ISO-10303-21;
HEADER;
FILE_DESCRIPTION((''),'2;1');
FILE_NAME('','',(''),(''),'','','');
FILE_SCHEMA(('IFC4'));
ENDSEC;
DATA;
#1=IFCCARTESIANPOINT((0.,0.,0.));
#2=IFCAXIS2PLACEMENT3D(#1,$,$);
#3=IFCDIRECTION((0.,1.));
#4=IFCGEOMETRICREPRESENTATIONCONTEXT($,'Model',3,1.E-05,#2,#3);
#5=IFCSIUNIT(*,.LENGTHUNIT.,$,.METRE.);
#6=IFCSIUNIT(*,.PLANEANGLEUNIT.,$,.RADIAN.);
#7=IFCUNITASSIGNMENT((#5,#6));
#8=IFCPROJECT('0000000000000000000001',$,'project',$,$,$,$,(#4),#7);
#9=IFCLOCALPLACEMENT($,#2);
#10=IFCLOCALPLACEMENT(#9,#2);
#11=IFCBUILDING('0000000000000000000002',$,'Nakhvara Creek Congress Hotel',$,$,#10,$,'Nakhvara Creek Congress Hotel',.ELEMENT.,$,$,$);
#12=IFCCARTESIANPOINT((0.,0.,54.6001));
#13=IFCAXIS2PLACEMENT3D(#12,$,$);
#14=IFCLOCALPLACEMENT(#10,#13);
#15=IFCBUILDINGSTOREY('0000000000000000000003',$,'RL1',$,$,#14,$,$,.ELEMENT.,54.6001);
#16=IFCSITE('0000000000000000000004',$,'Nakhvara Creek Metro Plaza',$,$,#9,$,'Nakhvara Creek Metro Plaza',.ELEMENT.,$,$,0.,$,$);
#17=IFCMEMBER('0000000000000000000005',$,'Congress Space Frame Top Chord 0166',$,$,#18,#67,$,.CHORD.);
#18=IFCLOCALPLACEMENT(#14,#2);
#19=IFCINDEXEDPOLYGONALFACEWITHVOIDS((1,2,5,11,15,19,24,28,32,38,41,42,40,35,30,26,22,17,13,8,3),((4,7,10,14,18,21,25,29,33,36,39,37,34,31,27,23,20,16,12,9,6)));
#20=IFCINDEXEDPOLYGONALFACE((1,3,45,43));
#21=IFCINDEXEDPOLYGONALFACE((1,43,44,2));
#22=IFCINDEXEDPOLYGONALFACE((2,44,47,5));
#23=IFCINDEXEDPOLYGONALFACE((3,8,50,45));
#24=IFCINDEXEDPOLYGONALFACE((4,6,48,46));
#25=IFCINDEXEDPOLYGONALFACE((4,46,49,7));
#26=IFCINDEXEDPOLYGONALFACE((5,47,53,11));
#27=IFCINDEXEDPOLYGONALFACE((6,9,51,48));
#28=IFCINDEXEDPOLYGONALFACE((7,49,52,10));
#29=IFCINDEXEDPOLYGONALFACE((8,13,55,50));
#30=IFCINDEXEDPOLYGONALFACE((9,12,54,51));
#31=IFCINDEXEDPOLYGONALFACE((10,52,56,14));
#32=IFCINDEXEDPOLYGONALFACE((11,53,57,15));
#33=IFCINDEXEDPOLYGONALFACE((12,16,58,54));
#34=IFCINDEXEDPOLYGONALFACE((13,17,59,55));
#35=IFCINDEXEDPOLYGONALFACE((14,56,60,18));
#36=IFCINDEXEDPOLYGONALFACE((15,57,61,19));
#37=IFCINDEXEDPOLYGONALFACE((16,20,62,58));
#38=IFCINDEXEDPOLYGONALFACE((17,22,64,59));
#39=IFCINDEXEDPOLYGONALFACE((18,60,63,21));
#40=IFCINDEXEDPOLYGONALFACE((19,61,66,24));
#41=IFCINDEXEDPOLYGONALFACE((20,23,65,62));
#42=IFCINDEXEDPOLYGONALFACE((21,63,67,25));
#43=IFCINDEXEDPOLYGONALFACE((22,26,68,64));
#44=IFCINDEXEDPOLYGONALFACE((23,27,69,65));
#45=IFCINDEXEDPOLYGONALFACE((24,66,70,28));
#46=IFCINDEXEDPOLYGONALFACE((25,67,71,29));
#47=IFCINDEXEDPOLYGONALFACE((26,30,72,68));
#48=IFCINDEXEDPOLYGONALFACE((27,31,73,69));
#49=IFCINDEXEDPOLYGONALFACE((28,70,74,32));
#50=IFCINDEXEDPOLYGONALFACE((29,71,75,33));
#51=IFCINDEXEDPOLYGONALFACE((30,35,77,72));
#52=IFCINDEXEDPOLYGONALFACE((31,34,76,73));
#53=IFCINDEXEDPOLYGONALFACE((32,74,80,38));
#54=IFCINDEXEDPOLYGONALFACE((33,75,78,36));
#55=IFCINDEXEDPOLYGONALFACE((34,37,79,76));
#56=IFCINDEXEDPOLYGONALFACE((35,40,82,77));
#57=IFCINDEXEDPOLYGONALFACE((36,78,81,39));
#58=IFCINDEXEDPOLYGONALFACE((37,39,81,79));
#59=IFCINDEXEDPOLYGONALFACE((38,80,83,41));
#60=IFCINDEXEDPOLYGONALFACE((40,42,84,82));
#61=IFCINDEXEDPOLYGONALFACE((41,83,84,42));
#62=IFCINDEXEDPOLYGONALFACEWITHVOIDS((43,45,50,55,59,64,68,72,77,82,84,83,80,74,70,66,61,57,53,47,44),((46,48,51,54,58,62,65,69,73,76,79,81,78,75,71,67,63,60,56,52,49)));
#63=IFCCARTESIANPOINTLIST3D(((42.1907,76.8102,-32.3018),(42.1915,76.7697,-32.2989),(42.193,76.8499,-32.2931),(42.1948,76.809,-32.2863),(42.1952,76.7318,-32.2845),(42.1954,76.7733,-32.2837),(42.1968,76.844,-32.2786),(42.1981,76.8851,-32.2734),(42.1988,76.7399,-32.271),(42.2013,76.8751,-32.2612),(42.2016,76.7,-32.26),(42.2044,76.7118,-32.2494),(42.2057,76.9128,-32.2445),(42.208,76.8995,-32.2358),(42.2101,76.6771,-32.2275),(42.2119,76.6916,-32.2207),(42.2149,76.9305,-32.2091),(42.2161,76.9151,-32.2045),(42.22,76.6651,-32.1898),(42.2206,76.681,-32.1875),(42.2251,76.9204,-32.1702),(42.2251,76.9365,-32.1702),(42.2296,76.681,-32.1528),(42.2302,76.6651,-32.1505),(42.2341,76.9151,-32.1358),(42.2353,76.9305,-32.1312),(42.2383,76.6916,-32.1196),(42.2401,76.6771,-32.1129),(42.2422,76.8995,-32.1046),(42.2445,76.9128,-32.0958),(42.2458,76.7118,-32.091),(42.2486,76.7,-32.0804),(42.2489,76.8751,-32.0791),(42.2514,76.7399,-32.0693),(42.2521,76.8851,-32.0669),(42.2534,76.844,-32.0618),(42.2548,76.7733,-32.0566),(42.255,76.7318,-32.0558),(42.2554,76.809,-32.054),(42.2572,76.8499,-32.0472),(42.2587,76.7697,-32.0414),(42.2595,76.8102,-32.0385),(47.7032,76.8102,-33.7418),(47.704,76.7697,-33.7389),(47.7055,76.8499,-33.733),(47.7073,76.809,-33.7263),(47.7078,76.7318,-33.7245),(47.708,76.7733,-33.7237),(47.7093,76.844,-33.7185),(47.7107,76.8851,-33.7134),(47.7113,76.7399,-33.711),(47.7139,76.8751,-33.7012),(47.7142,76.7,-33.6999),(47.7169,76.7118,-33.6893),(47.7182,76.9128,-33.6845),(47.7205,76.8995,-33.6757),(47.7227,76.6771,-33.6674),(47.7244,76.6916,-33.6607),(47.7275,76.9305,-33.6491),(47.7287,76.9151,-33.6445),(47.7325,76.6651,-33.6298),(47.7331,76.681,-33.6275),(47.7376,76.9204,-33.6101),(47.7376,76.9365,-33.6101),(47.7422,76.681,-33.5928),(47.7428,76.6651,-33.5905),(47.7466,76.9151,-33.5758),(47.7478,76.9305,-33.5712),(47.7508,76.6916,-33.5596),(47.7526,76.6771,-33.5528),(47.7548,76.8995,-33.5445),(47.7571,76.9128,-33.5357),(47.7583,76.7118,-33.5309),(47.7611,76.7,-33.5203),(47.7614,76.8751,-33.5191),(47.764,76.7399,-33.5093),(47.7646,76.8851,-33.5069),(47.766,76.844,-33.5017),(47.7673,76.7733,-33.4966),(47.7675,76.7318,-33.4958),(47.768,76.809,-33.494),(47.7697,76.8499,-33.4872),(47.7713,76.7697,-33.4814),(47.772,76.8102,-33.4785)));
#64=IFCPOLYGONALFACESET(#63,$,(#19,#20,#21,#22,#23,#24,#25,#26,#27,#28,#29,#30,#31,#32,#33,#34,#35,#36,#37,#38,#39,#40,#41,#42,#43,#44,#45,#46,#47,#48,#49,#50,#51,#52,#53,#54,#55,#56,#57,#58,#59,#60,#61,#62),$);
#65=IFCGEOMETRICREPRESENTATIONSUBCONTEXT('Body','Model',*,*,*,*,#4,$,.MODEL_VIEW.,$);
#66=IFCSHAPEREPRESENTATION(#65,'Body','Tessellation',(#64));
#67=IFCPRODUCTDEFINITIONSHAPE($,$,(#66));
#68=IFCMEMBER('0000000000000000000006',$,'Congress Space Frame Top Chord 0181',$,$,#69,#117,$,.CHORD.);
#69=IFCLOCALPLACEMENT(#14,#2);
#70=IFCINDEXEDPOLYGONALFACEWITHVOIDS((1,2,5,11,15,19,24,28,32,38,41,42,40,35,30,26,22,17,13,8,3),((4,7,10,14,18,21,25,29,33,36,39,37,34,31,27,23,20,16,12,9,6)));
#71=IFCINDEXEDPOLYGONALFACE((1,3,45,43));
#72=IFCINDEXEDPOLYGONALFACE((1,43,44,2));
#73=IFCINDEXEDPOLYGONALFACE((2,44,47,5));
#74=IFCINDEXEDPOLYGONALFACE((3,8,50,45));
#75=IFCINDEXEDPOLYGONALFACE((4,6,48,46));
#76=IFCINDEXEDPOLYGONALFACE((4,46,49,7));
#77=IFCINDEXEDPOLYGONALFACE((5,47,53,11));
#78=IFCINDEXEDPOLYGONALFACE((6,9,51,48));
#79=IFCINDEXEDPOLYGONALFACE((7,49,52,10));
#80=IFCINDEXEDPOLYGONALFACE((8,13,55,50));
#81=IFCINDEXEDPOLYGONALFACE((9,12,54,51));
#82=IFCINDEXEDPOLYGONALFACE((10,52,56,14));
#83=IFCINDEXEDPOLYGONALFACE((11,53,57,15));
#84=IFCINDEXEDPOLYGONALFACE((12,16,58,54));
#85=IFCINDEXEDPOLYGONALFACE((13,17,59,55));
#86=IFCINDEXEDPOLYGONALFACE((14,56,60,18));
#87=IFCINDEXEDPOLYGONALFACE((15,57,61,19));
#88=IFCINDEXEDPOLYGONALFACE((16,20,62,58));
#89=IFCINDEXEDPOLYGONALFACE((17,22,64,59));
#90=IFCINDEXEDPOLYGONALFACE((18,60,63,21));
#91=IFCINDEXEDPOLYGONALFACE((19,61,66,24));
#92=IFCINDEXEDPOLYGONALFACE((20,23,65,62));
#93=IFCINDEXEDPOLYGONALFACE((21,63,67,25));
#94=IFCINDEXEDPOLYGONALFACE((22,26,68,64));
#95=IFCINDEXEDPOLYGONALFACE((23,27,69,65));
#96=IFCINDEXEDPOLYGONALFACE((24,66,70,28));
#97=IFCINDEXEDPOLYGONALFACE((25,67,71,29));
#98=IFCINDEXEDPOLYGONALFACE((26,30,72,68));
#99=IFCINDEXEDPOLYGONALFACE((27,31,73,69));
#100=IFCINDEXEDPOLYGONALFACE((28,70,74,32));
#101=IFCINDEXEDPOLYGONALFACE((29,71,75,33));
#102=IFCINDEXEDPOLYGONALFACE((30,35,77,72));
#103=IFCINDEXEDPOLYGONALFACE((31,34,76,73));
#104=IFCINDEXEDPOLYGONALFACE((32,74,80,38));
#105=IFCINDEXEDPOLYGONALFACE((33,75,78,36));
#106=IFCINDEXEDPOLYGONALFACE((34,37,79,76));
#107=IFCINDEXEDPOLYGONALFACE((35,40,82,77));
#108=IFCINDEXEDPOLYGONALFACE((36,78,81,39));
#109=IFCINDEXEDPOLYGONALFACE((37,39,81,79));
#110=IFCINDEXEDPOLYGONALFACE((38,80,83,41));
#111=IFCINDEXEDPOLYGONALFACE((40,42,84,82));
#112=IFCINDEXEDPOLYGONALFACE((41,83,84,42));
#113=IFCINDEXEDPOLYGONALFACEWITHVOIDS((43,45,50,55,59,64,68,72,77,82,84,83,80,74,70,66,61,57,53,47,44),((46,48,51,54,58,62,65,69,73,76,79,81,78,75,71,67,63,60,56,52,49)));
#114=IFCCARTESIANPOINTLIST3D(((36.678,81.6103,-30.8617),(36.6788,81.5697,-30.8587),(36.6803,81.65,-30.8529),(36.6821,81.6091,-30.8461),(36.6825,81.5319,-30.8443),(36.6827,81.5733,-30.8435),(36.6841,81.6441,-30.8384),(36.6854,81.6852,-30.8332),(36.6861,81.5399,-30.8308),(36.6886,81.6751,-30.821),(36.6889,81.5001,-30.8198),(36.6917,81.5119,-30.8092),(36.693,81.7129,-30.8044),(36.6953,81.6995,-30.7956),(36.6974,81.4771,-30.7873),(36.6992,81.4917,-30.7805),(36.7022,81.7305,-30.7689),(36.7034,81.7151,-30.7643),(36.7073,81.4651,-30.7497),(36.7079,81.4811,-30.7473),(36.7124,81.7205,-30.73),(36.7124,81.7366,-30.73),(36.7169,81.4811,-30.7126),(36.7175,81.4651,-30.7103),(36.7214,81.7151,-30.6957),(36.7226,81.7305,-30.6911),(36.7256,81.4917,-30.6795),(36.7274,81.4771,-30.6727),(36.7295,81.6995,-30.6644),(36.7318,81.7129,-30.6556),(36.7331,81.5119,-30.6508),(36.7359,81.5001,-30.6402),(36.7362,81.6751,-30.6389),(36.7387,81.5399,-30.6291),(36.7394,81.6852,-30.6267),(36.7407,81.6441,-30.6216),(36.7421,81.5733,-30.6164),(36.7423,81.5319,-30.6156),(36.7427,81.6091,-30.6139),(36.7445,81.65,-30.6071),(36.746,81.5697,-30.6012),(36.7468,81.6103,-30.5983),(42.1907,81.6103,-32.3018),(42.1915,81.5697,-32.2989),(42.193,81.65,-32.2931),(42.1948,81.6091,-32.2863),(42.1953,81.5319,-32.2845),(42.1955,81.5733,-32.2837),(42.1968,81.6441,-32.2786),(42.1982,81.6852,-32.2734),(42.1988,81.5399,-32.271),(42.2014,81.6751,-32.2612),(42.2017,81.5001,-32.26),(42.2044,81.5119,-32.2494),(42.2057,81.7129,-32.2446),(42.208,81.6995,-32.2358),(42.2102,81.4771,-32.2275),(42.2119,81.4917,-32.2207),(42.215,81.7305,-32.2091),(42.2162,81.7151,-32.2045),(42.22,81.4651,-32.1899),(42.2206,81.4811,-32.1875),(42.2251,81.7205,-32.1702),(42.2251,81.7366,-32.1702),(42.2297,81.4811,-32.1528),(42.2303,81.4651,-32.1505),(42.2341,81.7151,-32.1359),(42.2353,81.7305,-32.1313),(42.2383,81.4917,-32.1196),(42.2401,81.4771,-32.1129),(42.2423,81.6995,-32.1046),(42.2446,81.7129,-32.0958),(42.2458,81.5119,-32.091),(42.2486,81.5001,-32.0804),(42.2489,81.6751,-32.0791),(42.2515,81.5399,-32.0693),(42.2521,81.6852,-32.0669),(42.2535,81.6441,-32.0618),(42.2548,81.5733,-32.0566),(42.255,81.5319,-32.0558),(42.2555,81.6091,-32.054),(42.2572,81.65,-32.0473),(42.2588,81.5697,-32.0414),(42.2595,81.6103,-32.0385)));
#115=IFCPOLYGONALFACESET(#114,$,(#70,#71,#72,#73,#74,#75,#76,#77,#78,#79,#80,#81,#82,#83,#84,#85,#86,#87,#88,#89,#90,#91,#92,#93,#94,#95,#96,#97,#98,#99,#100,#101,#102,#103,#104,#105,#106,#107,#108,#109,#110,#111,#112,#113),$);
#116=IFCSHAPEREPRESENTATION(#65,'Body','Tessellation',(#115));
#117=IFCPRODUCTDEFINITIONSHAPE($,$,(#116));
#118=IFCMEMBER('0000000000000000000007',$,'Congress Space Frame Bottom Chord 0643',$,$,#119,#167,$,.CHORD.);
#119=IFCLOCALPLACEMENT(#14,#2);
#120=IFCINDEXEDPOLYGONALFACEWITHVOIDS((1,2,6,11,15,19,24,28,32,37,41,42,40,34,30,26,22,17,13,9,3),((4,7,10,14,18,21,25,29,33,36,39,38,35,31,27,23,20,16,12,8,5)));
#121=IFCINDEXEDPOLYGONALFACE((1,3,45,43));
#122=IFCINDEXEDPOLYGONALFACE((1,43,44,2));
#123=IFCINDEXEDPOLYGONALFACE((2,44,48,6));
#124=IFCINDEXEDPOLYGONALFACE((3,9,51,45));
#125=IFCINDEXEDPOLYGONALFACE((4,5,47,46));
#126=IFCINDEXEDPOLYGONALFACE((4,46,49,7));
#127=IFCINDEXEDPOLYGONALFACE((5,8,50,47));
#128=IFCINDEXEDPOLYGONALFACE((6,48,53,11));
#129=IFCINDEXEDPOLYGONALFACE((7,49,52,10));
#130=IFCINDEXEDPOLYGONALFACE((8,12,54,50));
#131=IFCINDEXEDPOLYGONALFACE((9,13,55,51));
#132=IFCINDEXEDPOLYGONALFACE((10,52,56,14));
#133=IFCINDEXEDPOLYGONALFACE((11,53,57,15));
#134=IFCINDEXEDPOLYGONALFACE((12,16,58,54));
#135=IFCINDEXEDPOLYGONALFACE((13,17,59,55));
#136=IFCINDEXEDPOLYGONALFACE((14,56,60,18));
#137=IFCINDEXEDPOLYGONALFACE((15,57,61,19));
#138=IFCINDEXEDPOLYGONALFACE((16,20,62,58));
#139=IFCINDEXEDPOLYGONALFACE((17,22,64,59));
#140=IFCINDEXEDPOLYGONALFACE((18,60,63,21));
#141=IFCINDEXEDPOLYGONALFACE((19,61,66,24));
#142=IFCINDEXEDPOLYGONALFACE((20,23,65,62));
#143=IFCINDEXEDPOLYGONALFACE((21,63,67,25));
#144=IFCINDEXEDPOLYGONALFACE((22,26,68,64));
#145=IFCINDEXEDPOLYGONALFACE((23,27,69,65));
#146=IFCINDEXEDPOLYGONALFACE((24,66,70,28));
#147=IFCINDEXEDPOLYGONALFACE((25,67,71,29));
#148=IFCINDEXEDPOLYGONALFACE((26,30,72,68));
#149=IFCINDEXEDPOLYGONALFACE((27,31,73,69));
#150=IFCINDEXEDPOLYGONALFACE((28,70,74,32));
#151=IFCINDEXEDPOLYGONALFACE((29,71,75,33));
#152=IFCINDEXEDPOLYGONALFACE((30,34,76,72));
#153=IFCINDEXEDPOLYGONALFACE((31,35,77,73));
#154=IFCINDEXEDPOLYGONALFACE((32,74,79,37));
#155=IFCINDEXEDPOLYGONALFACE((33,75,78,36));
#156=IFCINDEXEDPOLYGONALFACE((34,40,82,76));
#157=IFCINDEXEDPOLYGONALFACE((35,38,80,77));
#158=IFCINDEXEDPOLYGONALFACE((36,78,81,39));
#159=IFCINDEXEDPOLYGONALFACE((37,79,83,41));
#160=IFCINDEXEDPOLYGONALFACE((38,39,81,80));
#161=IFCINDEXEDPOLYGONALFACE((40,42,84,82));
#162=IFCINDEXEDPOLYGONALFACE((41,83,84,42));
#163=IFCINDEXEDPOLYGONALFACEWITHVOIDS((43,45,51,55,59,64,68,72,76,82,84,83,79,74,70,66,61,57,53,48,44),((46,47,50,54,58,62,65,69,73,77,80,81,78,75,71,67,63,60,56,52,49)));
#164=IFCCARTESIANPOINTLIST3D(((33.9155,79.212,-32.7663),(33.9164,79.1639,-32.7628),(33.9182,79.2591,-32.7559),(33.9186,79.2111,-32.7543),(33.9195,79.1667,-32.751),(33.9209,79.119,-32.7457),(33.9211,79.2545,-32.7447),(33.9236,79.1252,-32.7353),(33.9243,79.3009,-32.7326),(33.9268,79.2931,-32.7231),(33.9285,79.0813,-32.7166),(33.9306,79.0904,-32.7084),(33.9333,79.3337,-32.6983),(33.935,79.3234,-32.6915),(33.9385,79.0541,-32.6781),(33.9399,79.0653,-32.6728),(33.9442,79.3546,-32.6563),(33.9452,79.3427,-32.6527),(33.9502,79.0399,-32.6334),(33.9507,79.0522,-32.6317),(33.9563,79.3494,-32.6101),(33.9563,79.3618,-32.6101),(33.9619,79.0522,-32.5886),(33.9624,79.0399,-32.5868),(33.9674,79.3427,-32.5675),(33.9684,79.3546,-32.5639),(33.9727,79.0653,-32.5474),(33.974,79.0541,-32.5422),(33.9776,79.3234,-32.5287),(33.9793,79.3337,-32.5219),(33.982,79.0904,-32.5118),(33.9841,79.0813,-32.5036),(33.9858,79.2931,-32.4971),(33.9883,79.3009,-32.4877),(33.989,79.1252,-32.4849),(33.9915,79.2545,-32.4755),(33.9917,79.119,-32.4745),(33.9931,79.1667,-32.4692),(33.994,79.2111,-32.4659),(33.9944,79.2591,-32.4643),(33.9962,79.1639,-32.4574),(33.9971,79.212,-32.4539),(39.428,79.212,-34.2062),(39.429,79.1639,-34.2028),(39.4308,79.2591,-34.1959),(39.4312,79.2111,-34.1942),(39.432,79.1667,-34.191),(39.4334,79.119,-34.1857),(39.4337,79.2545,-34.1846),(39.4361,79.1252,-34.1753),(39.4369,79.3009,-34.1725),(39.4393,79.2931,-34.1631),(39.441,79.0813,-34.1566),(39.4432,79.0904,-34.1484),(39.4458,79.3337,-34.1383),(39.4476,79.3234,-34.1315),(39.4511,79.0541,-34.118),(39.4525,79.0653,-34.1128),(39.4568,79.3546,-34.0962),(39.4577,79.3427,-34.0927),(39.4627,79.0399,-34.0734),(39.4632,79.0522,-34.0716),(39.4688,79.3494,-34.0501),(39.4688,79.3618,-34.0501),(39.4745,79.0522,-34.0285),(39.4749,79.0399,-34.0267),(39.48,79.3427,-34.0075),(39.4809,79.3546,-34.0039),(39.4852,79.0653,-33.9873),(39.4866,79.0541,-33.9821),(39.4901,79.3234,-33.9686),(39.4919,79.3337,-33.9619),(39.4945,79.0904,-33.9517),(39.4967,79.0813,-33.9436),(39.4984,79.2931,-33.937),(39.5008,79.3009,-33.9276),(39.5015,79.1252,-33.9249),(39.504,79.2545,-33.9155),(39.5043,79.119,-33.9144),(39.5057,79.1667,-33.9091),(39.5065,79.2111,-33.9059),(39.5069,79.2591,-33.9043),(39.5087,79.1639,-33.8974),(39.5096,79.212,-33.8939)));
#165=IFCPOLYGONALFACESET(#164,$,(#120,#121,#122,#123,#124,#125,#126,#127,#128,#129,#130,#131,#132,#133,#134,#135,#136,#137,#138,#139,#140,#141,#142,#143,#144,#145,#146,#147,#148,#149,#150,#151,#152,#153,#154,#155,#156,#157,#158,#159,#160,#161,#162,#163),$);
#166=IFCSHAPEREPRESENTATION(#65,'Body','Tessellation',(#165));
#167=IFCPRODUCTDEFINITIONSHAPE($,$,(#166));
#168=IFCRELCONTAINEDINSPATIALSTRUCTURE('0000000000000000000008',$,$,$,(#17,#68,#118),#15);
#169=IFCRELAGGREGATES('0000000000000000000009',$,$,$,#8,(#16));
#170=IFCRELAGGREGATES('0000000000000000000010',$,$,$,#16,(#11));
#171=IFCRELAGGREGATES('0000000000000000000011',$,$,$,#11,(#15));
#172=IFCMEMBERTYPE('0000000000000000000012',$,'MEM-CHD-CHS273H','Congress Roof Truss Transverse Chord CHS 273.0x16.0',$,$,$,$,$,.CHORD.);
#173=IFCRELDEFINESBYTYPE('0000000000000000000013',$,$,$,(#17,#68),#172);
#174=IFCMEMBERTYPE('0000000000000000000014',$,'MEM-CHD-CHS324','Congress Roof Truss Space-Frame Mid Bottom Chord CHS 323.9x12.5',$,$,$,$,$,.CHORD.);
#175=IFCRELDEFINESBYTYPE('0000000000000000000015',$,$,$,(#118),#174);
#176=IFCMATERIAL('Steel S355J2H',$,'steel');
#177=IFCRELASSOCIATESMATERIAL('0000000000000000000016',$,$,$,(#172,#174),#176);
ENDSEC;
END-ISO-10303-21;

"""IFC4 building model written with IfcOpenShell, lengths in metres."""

from ifc_helpers import new_model, si_unit, direction, frame, origin, origin_2d, place, context, subcontext, project, spatial, hollow_circle, extrude, material, material_profile, profile_set, type_object, element, save


model = new_model("IFC4")

# Units and contexts
model_context = context("Model", 3, precision=1e-05, world=origin(), true_north=direction((0.0, 1.0)))
body_context = subcontext(model_context, "Body", "Model", "MODEL_VIEW")
ifc_project = project(units=[si_unit("LENGTHUNIT", "METRE"), si_unit("PLANEANGLEUNIT", "RADIAN")], contexts=[model_context])

# Site, building, storey
site_placement = place(None, origin())
site = spatial("IfcSite", under=ifc_project, at=site_placement, Name="Nakhvara Creek Metro Plaza", LongName="Nakhvara Creek Metro Plaza", CompositionType="ELEMENT", RefElevation=0.0)
building_placement = place(site_placement, origin())
building = spatial("IfcBuilding", under=site, at=building_placement, Name="Nakhvara Creek Congress Hotel", LongName="Nakhvara Creek Congress Hotel", CompositionType="ELEMENT")
storey_placement = place(building_placement, frame((0.0, 0.0, 54.6001)))
storey = spatial("IfcBuildingStorey", under=building, at=storey_placement, Name="RL1", CompositionType="ELEMENT", Elevation=54.6001)

# Members
ifc_material_1 = material(Name="Steel S355J2H", Category="steel")
ifc_material_profile_1 = material_profile(ifc_material_1, hollow_circle(Radius=0.1365, WallThickness=0.0161, at=origin_2d()), Name="CHS 273.0x16.0", Category="LoadBearing")
ifc_profile_set_1 = profile_set([ifc_material_profile_1], Name="Steel S355J2H")
member_type_1 = type_object("IfcMemberType", Name="MEM-CHD-CHS273H", Description="Congress Roof Truss Transverse Chord CHS 273.0x16.0", PredefinedType="CHORD", material=ifc_profile_set_1)
member_1_placement = place(storey_placement, frame((42.2251, 76.8, -32.1702), z_axis=(0.967535, 0.0, -0.252736), x_axis=(0.0, 1.0, 0.0)))
element("IfcMember", 1, at=member_1_placement, inside=storey, type_object=member_type_1, Name="Congress Space Frame Top Chord 0166", PredefinedType="CHORD", context=body_context, shape_type="SweptSolid", body=[
    extrude(hollow_circle(Radius=0.1365, WallThickness=0.0161, at=origin_2d()), origin(), (0.0, 0.0, 1.0), 5.6975),
])
member_2_placement = place(storey_placement, frame((36.7124, 81.6001, -30.73), z_axis=(0.967528, 0.0, -0.252766), x_axis=(0.0, 1.0, 0.0)))
element("IfcMember", 2, at=member_2_placement, inside=storey, type_object=member_type_1, Name="Congress Space Frame Top Chord 0181", PredefinedType="CHORD", context=body_context, shape_type="SweptSolid", body=[
    extrude(hollow_circle(Radius=0.1365, WallThickness=0.0161, at=origin_2d()), origin(), (0.0, 0.0, 1.0), 5.6978),
])
ifc_material_profile_2 = material_profile(ifc_material_1, hollow_circle(Radius=0.1619, WallThickness=0.0125, at=origin_2d()), Name="CHS 323.9x12.5", Category="LoadBearing")
ifc_profile_set_2 = profile_set([ifc_material_profile_2], Name="Steel S355J2H")
member_type_2 = type_object("IfcMemberType", Name="MEM-CHD-CHS324", Description="Congress Roof Truss Space-Frame Mid Bottom Chord CHS 323.9x12.5", PredefinedType="CHORD", material=ifc_profile_set_2)
for number, where, z_axis, x_axis, name in (
    (3, (33.9563, 79.2, -32.6101), (0.967535, 0.0, -0.252736), (0.0, 1.0, 0.0), "Congress Space Frame Bottom Chord 0643"),
):
    element("IfcMember", number, at=place(storey_placement, frame(where, z_axis=z_axis, x_axis=x_axis)), inside=storey, type_object=member_type_2, Name=name, PredefinedType="CHORD", context=body_context, shape_type="SweptSolid", body=[
        extrude(hollow_circle(Radius=0.1619, WallThickness=0.0125, at=origin_2d()), origin(), (0.0, 0.0, 1.0), 5.6975),
    ])

save(model, "model.ifc")
